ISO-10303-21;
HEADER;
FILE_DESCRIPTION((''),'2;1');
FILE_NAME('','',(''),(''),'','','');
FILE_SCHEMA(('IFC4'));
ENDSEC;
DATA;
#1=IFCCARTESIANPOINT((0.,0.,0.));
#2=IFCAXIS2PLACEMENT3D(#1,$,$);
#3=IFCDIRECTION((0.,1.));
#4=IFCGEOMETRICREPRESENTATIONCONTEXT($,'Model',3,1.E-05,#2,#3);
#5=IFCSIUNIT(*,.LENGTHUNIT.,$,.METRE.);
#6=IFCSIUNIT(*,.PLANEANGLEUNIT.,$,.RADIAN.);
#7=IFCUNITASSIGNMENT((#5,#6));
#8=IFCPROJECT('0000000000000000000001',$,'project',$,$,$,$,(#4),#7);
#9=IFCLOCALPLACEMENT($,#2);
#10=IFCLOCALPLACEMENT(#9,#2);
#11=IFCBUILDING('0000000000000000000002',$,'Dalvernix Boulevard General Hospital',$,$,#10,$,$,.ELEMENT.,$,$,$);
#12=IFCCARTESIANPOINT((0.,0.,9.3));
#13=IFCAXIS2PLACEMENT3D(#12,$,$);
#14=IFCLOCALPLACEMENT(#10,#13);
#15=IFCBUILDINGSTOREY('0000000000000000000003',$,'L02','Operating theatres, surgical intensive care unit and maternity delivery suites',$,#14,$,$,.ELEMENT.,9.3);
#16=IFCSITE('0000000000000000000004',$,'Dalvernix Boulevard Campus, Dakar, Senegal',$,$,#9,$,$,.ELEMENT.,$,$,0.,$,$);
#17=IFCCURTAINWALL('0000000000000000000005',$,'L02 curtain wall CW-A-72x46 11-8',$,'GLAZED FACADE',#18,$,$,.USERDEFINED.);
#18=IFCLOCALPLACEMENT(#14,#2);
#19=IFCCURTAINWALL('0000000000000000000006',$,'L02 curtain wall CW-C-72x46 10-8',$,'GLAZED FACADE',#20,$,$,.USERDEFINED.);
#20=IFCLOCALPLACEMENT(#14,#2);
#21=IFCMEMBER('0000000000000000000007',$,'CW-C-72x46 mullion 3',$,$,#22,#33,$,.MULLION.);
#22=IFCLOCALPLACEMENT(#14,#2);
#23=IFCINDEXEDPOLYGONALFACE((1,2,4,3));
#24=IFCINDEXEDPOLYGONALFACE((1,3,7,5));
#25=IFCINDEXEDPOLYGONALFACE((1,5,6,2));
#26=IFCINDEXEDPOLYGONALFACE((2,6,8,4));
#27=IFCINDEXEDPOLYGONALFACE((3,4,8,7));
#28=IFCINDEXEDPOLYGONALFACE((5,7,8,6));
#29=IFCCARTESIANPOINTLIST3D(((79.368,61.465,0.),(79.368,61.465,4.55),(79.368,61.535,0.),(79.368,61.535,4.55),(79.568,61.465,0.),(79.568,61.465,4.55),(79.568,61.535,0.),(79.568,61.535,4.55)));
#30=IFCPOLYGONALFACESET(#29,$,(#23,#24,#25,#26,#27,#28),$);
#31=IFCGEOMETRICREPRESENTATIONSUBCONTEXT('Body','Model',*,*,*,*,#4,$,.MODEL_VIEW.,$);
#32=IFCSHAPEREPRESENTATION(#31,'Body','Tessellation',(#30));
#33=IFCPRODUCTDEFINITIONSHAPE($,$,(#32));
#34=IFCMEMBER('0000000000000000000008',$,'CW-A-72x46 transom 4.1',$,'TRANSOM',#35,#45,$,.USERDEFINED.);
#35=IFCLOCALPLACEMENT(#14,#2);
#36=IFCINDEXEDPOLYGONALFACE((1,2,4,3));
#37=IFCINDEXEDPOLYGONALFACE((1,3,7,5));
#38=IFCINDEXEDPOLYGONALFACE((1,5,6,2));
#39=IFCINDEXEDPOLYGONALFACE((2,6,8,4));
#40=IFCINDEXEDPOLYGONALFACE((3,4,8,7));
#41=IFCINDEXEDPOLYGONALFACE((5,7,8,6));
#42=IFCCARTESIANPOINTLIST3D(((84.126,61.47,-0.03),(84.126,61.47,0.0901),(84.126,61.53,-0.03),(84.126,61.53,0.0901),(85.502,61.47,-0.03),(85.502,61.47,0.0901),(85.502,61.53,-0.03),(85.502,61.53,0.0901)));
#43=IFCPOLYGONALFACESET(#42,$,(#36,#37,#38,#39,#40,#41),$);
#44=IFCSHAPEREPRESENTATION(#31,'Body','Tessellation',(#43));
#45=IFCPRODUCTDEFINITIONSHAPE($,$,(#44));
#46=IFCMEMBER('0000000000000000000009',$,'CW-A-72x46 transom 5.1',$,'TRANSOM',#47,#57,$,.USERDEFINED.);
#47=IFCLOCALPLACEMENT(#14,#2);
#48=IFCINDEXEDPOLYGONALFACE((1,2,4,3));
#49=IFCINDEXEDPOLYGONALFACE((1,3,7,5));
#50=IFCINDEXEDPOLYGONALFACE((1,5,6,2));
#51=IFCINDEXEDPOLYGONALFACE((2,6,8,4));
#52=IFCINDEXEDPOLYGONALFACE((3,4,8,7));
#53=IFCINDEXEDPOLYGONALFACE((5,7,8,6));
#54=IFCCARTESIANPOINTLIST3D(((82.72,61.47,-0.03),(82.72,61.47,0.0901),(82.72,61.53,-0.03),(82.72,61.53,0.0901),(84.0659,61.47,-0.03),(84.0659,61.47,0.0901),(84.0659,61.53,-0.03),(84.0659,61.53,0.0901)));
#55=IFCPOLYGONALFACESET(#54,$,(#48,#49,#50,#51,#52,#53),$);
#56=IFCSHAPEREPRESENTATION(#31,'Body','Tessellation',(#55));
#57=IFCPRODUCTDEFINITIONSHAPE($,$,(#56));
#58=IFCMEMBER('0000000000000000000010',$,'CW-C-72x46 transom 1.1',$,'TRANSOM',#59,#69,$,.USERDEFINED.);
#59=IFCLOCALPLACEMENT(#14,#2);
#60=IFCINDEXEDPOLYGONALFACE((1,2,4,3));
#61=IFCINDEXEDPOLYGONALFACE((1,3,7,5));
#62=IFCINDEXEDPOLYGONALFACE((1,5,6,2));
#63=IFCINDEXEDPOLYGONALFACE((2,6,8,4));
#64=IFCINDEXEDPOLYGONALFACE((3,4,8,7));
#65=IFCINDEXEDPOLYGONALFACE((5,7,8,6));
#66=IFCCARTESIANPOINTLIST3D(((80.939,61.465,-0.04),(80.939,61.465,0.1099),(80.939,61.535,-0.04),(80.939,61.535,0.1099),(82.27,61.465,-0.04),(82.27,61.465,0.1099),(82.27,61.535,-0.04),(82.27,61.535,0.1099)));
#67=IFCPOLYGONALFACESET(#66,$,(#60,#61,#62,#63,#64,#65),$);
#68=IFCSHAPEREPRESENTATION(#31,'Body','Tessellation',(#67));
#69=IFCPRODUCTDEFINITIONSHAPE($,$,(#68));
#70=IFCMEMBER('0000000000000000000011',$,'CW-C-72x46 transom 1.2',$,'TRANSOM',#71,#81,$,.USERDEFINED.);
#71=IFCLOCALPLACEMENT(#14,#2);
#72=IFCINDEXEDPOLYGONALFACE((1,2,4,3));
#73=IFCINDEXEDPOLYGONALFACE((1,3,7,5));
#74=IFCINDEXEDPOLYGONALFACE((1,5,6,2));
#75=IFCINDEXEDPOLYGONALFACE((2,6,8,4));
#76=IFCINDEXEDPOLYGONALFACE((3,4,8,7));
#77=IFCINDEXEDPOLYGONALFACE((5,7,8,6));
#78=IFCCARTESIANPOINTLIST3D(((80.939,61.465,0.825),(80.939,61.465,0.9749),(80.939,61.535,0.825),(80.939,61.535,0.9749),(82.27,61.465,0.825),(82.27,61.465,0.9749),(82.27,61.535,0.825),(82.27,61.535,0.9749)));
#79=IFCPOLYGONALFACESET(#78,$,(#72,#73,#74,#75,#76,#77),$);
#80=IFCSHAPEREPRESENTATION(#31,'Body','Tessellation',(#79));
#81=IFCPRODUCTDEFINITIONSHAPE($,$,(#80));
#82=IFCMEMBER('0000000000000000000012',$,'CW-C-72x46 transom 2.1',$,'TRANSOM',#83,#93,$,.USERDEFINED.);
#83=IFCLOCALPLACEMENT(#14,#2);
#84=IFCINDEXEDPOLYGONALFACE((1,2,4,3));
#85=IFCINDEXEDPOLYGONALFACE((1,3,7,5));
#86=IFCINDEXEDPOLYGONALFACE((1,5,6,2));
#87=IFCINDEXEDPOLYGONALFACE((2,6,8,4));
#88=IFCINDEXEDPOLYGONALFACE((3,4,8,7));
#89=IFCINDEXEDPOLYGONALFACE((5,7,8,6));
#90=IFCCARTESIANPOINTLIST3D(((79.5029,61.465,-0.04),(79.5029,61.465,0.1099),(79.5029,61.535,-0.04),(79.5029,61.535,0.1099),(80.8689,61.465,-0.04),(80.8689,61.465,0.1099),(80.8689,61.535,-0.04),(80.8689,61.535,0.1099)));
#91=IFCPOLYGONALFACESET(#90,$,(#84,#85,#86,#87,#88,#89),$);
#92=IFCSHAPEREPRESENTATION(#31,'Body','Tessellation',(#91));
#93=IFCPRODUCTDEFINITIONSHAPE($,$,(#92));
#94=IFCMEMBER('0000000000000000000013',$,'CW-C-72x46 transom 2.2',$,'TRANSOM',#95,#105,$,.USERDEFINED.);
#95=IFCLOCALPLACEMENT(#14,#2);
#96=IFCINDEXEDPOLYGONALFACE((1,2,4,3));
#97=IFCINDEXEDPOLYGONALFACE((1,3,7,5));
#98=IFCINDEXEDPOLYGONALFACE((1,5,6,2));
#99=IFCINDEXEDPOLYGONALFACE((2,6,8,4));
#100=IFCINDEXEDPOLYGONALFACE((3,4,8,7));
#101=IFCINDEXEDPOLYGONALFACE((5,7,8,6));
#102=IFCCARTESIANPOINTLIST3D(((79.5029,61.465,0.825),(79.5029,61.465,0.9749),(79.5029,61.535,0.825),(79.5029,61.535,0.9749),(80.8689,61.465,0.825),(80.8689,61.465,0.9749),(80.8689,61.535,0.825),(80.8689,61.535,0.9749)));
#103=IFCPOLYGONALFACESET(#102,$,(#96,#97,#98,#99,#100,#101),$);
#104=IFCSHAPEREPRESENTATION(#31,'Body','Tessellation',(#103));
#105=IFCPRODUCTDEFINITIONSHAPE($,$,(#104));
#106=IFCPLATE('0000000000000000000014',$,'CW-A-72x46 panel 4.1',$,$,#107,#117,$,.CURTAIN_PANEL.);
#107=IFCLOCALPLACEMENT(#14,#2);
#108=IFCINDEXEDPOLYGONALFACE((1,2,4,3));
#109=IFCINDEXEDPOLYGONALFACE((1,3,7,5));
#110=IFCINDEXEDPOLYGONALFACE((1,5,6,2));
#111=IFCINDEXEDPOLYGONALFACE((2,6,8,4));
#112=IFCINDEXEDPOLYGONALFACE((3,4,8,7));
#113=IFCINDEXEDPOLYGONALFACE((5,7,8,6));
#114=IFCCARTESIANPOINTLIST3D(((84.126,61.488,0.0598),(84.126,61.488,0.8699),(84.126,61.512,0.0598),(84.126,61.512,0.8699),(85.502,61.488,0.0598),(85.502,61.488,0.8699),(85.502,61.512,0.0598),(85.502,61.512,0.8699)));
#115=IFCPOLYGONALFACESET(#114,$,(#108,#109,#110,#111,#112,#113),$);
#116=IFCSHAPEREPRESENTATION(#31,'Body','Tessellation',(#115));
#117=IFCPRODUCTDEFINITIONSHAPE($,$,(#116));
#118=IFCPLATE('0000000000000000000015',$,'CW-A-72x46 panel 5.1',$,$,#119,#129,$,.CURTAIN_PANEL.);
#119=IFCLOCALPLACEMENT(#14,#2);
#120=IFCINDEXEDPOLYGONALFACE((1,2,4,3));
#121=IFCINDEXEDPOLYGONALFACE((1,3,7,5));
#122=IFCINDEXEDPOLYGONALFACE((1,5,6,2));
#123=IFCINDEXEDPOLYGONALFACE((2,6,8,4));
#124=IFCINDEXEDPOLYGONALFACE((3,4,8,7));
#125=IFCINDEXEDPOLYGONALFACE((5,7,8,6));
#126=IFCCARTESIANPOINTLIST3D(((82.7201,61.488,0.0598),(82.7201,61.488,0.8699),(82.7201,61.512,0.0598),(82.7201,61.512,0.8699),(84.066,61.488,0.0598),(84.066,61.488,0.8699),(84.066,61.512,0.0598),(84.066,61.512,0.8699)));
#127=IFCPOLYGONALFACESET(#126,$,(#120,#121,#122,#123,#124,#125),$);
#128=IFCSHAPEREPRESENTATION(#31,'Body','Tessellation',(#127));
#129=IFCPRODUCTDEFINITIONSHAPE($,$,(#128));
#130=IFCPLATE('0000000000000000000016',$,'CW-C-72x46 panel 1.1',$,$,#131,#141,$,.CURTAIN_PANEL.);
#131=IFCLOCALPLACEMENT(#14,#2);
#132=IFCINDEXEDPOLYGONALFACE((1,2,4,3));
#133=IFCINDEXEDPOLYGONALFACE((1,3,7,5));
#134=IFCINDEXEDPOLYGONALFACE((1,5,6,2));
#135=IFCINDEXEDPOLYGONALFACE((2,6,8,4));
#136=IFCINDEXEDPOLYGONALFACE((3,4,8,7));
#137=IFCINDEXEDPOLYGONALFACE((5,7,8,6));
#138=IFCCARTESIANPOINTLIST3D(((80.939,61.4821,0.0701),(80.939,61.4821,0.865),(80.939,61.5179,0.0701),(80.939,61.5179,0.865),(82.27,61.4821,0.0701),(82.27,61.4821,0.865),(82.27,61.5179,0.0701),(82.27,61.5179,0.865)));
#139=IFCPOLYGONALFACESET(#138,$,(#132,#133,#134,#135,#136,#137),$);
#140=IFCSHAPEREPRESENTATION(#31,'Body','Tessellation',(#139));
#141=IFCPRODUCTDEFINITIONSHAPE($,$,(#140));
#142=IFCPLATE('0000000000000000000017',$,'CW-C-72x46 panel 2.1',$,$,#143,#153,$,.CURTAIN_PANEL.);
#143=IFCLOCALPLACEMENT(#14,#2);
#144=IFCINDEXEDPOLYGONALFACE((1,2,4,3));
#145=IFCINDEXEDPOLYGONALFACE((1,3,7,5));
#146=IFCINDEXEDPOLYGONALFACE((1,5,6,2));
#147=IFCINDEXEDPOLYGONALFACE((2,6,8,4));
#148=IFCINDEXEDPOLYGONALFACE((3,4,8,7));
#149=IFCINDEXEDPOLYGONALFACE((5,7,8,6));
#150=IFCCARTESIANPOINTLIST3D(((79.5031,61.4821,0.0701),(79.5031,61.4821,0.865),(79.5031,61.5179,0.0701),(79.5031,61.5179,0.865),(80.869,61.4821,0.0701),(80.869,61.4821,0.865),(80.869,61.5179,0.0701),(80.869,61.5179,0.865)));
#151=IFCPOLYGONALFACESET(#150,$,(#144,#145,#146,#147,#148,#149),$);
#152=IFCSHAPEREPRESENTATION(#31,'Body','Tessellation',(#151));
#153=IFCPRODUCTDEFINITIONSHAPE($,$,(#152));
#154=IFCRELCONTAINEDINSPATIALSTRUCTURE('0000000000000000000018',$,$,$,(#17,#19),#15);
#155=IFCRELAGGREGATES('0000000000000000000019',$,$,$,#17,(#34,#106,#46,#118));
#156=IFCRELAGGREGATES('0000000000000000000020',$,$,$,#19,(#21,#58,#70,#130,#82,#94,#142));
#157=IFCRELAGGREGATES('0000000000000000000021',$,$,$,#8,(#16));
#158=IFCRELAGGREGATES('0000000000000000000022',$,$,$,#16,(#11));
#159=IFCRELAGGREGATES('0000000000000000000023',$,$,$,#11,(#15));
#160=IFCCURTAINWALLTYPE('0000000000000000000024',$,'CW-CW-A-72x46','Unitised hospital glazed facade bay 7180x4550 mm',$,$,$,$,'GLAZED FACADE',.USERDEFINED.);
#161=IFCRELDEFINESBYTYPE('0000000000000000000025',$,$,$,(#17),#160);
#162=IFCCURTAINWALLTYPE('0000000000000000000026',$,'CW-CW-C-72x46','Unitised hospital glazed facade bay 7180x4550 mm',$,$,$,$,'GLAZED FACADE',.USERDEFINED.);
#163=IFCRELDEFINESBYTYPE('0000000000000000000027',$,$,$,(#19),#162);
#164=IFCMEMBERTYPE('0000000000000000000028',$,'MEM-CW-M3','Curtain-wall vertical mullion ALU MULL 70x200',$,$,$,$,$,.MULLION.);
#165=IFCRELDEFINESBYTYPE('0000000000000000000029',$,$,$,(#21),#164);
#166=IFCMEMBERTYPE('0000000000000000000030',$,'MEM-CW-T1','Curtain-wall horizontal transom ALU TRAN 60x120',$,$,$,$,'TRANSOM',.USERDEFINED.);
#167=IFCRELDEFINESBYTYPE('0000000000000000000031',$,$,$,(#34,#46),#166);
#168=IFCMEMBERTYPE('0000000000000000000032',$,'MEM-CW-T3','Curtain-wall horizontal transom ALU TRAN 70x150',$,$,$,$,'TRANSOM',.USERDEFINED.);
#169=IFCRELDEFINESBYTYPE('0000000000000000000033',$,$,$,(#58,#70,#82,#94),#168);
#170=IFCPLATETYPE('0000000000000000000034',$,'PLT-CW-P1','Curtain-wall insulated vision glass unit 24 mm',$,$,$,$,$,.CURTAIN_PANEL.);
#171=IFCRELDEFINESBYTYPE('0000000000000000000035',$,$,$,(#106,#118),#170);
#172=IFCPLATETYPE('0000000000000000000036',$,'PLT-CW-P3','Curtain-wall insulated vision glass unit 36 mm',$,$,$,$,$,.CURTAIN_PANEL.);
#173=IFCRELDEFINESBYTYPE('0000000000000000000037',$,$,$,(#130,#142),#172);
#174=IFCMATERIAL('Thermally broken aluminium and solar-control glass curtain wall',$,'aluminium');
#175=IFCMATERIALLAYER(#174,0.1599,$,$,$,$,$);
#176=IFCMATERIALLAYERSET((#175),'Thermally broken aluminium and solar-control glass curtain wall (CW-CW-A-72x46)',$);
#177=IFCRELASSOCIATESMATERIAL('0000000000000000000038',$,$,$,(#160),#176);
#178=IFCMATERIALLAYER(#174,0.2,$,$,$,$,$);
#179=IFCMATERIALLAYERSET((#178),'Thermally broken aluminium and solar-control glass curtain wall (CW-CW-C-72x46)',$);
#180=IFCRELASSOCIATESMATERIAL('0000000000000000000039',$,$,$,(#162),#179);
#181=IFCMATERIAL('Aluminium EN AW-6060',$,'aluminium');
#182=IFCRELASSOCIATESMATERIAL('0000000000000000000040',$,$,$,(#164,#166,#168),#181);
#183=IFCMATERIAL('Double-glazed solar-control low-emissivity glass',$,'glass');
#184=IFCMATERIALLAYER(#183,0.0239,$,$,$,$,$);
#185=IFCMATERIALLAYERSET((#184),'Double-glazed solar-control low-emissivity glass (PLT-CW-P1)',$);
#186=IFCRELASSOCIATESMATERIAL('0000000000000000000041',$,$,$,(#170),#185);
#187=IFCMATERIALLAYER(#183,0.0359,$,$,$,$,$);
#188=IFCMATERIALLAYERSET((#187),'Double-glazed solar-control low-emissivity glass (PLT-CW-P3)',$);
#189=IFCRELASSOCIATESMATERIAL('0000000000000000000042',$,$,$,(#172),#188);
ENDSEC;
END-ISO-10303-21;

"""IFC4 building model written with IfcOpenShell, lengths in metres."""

from ifc_helpers import new_model, si_unit, direction, frame, origin, origin_2d, place, context, subcontext, project, spatial, rectangle, extrude, material, layer, layer_set, material_profile, profile_set, type_object, element, aggregate, save


model = new_model("IFC4")

# Units and contexts
model_context = context("Model", 3, precision=1e-05, world=origin(), true_north=direction((0.0, 1.0)))
body_context = subcontext(model_context, "Body", "Model", "MODEL_VIEW")
ifc_project = project(units=[si_unit("LENGTHUNIT", "METRE"), si_unit("PLANEANGLEUNIT", "RADIAN")], contexts=[model_context])

# Site, building, storey
site_placement = place(None, origin())
site = spatial("IfcSite", under=ifc_project, at=site_placement, Name="Dalvernix Boulevard Campus, Dakar, Senegal", CompositionType="ELEMENT", RefElevation=0.0)
building_placement = place(site_placement, origin())
building = spatial("IfcBuilding", under=site, at=building_placement, Name="Dalvernix Boulevard General Hospital", CompositionType="ELEMENT")
storey_placement = place(building_placement, frame((0.0, 0.0, 9.3)))
storey = spatial("IfcBuildingStorey", under=building, at=storey_placement, Name="L02", Description="Operating theatres, surgical intensive care unit and maternity delivery suites", CompositionType="ELEMENT", Elevation=9.3)

# Curtain walls, member
ifc_material_1 = material(Name="Thermally broken aluminium and solar-control glass curtain wall", Category="aluminium")
ifc_layer_1 = layer(ifc_material_1, 0.1599)
ifc_layer_set_1 = layer_set([ifc_layer_1], Name="Thermally broken aluminium and solar-control glass curtain wall (CW-CW-A-72x46)")
curtain_wall_type_1 = type_object("IfcCurtainWallType", Name="CW-CW-A-72x46", Description="Unitised hospital glazed facade bay 7180x4550 mm", ElementType="GLAZED FACADE", PredefinedType="USERDEFINED", material=ifc_layer_set_1)
curtain_wall_1_placement = place(storey_placement, origin())
curtain_wall_1 = element("IfcCurtainWall", 1, at=curtain_wall_1_placement, inside=storey, type_object=curtain_wall_type_1, Name="L02 curtain wall CW-A-72x46 11-8", ObjectType="GLAZED FACADE", PredefinedType="USERDEFINED")
ifc_material_2 = material(Name="Aluminium EN AW-6060", Category="aluminium")
ifc_layer_2 = layer(ifc_material_1, 0.2)
ifc_layer_set_2 = layer_set([ifc_layer_2], Name="Thermally broken aluminium and solar-control glass curtain wall (CW-CW-C-72x46)")
curtain_wall_type_2 = type_object("IfcCurtainWallType", Name="CW-CW-C-72x46", Description="Unitised hospital glazed facade bay 7180x4550 mm", ElementType="GLAZED FACADE", PredefinedType="USERDEFINED", material=ifc_layer_set_2)
curtain_wall_2_placement = place(storey_placement, origin())
curtain_wall_2 = element("IfcCurtainWall", 2, at=curtain_wall_2_placement, inside=storey, type_object=curtain_wall_type_2, Name="L02 curtain wall CW-C-72x46 10-8", ObjectType="GLAZED FACADE", PredefinedType="USERDEFINED")
ifc_material_profile_1 = material_profile(ifc_material_2, rectangle(XDim=0.0701, YDim=0.2, at=origin_2d()), Name="ALU MULL 70x200")
ifc_profile_set_1 = profile_set([ifc_material_profile_1], Name="Aluminium EN AW-6060")
member_type_1 = type_object("IfcMemberType", Name="MEM-CW-M3", Description="Curtain-wall vertical mullion ALU MULL 70x200", PredefinedType="MULLION", material=ifc_profile_set_1)
member_1_placement = place(storey_placement, frame((79.468, 61.5, 0.0), z_axis=(0.0, 0.0, 1.0), x_axis=(0.0, -1.0, 0.0)))
member_1 = element("IfcMember", 3, at=member_1_placement, type_object=member_type_1, Name="CW-C-72x46 mullion 3", PredefinedType="MULLION", context=body_context, shape_type="SweptSolid", body=[
    extrude(rectangle(XDim=0.0701, YDim=0.2, at=origin_2d()), origin(), (0.0, 0.0, 1.0), 4.55),
])

# Members
ifc_material_profile_2 = material_profile(ifc_material_2, rectangle(XDim=0.0601, YDim=0.1201, at=origin_2d()), Name="ALU TRAN 60x120")
ifc_profile_set_2 = profile_set([ifc_material_profile_2], Name="Aluminium EN AW-6060")
member_type_2 = type_object("IfcMemberType", Name="MEM-CW-T1", Description="Curtain-wall horizontal transom ALU TRAN 60x120", ElementType="TRANSOM", PredefinedType="USERDEFINED", material=ifc_profile_set_2)
member_2_placement = place(storey_placement, frame((85.502, 61.5, 0.03), z_axis=(-1.0, 0.0, 0.0), x_axis=(0.0, -1.0, 0.0)))
member_2 = element("IfcMember", 4, at=member_2_placement, type_object=member_type_2, Name="CW-A-72x46 transom 4.1", ObjectType="TRANSOM", PredefinedType="USERDEFINED", context=body_context, shape_type="SweptSolid", body=[
    extrude(rectangle(XDim=0.0601, YDim=0.1201, at=origin_2d()), origin(), (0.0, 0.0, 1.0), 1.376),
])
member_3_placement = place(storey_placement, frame((84.0659, 61.5, 0.03), z_axis=(-1.0, 0.0, 0.0), x_axis=(0.0, -1.0, 0.0)))
member_3 = element("IfcMember", 5, at=member_3_placement, type_object=member_type_2, Name="CW-A-72x46 transom 5.1", ObjectType="TRANSOM", PredefinedType="USERDEFINED", context=body_context, shape_type="SweptSolid", body=[
    extrude(rectangle(XDim=0.0601, YDim=0.1201, at=origin_2d()), origin(), (0.0, 0.0, 1.0), 1.3459),
])
ifc_material_profile_3 = material_profile(ifc_material_2, rectangle(XDim=0.0701, YDim=0.1499, at=origin_2d()), Name="ALU TRAN 70x150")
ifc_profile_set_3 = profile_set([ifc_material_profile_3], Name="Aluminium EN AW-6060")
member_type_3 = type_object("IfcMemberType", Name="MEM-CW-T3", Description="Curtain-wall horizontal transom ALU TRAN 70x150", ElementType="TRANSOM", PredefinedType="USERDEFINED", material=ifc_profile_set_3)
member_4_placement = place(storey_placement, frame((82.27, 61.5, 0.0349), z_axis=(-1.0, 0.0, 0.0), x_axis=(0.0, -1.0, 0.0)))
member_4 = element("IfcMember", 6, at=member_4_placement, type_object=member_type_3, Name="CW-C-72x46 transom 1.1", ObjectType="TRANSOM", PredefinedType="USERDEFINED", context=body_context, shape_type="SweptSolid", body=[
    extrude(rectangle(XDim=0.0701, YDim=0.1499, at=origin_2d()), origin(), (0.0, 0.0, 1.0), 1.3311),
])
member_5_placement = place(storey_placement, frame((82.27, 61.5, 0.8999), z_axis=(-1.0, 0.0, 0.0), x_axis=(0.0, -1.0, 0.0)))
member_5 = element("IfcMember", 7, at=member_5_placement, type_object=member_type_3, Name="CW-C-72x46 transom 1.2", ObjectType="TRANSOM", PredefinedType="USERDEFINED", context=body_context, shape_type="SweptSolid", body=[
    extrude(rectangle(XDim=0.0701, YDim=0.1499, at=origin_2d()), origin(), (0.0, 0.0, 1.0), 1.3311),
])
member_6_placement = place(storey_placement, frame((80.8689, 61.5, 0.0349), z_axis=(-1.0, 0.0, 0.0), x_axis=(0.0, -1.0, 0.0)))
member_6 = element("IfcMember", 8, at=member_6_placement, type_object=member_type_3, Name="CW-C-72x46 transom 2.1", ObjectType="TRANSOM", PredefinedType="USERDEFINED", context=body_context, shape_type="SweptSolid", body=[
    extrude(rectangle(XDim=0.0701, YDim=0.1499, at=origin_2d()), origin(), (0.0, 0.0, 1.0), 1.366),
])
member_7_placement = place(storey_placement, frame((80.8689, 61.5, 0.8999), z_axis=(-1.0, 0.0, 0.0), x_axis=(0.0, -1.0, 0.0)))
member_7 = element("IfcMember", 9, at=member_7_placement, type_object=member_type_3, Name="CW-C-72x46 transom 2.2", ObjectType="TRANSOM", PredefinedType="USERDEFINED", context=body_context, shape_type="SweptSolid", body=[
    extrude(rectangle(XDim=0.0701, YDim=0.1499, at=origin_2d()), origin(), (0.0, 0.0, 1.0), 1.366),
])

# Plates
ifc_material_3 = material(Name="Double-glazed solar-control low-emissivity glass", Category="glass")
ifc_layer_3 = layer(ifc_material_3, 0.0239)
ifc_layer_set_3 = layer_set([ifc_layer_3], Name="Double-glazed solar-control low-emissivity glass (PLT-CW-P1)")
plate_type_1 = type_object("IfcPlateType", Name="PLT-CW-P1", Description="Curtain-wall insulated vision glass unit 24 mm", PredefinedType="CURTAIN_PANEL", material=ifc_layer_set_3)
plate_1_placement = place(storey_placement, frame((84.814, 61.5, 0.0598), z_axis=(0.0, 0.0, 1.0), x_axis=(-1.0, 0.0, 0.0)))
plate_1 = element("IfcPlate", 10, at=plate_1_placement, type_object=plate_type_1, Name="CW-A-72x46 panel 4.1", PredefinedType="CURTAIN_PANEL", context=body_context, shape_type="SweptSolid", body=[
    extrude(rectangle(XDim=1.376, YDim=0.0239, at=origin_2d()), origin(), (0.0, 0.0, 1.0), 0.8101),
])
plate_2_placement = place(storey_placement, frame((83.3931, 61.5, 0.0598), z_axis=(0.0, 0.0, 1.0), x_axis=(-1.0, 0.0, 0.0)))
plate_2 = element("IfcPlate", 11, at=plate_2_placement, type_object=plate_type_1, Name="CW-A-72x46 panel 5.1", PredefinedType="CURTAIN_PANEL", context=body_context, shape_type="SweptSolid", body=[
    extrude(rectangle(XDim=1.3459, YDim=0.0239, at=origin_2d()), origin(), (0.0, 0.0, 1.0), 0.8101),
])
aggregate(curtain_wall_1, [member_2, plate_1, member_3, plate_2])
ifc_layer_4 = layer(ifc_material_3, 0.0359)
ifc_layer_set_4 = layer_set([ifc_layer_4], Name="Double-glazed solar-control low-emissivity glass (PLT-CW-P3)")
plate_type_2 = type_object("IfcPlateType", Name="PLT-CW-P3", Description="Curtain-wall insulated vision glass unit 36 mm", PredefinedType="CURTAIN_PANEL", material=ifc_layer_set_4)
plate_3_placement = place(storey_placement, frame((81.6045, 61.5, 0.0701), z_axis=(0.0, 0.0, 1.0), x_axis=(-1.0, 0.0, 0.0)))
plate_3 = element("IfcPlate", 12, at=plate_3_placement, type_object=plate_type_2, Name="CW-C-72x46 panel 1.1", PredefinedType="CURTAIN_PANEL", context=body_context, shape_type="SweptSolid", body=[
    extrude(rectangle(XDim=1.3311, YDim=0.0359, at=origin_2d()), origin(), (0.0, 0.0, 1.0), 0.7949),
])
plate_4_placement = place(storey_placement, frame((80.186, 61.5, 0.0701), z_axis=(0.0, 0.0, 1.0), x_axis=(-1.0, 0.0, 0.0)))
plate_4 = element("IfcPlate", 13, at=plate_4_placement, type_object=plate_type_2, Name="CW-C-72x46 panel 2.1", PredefinedType="CURTAIN_PANEL", context=body_context, shape_type="SweptSolid", body=[
    extrude(rectangle(XDim=1.366, YDim=0.0359, at=origin_2d()), origin(), (0.0, 0.0, 1.0), 0.7949),
])
aggregate(curtain_wall_2, [member_1, member_4, member_5, plate_3, member_6, member_7, plate_4])

save(model, "model.ifc")
